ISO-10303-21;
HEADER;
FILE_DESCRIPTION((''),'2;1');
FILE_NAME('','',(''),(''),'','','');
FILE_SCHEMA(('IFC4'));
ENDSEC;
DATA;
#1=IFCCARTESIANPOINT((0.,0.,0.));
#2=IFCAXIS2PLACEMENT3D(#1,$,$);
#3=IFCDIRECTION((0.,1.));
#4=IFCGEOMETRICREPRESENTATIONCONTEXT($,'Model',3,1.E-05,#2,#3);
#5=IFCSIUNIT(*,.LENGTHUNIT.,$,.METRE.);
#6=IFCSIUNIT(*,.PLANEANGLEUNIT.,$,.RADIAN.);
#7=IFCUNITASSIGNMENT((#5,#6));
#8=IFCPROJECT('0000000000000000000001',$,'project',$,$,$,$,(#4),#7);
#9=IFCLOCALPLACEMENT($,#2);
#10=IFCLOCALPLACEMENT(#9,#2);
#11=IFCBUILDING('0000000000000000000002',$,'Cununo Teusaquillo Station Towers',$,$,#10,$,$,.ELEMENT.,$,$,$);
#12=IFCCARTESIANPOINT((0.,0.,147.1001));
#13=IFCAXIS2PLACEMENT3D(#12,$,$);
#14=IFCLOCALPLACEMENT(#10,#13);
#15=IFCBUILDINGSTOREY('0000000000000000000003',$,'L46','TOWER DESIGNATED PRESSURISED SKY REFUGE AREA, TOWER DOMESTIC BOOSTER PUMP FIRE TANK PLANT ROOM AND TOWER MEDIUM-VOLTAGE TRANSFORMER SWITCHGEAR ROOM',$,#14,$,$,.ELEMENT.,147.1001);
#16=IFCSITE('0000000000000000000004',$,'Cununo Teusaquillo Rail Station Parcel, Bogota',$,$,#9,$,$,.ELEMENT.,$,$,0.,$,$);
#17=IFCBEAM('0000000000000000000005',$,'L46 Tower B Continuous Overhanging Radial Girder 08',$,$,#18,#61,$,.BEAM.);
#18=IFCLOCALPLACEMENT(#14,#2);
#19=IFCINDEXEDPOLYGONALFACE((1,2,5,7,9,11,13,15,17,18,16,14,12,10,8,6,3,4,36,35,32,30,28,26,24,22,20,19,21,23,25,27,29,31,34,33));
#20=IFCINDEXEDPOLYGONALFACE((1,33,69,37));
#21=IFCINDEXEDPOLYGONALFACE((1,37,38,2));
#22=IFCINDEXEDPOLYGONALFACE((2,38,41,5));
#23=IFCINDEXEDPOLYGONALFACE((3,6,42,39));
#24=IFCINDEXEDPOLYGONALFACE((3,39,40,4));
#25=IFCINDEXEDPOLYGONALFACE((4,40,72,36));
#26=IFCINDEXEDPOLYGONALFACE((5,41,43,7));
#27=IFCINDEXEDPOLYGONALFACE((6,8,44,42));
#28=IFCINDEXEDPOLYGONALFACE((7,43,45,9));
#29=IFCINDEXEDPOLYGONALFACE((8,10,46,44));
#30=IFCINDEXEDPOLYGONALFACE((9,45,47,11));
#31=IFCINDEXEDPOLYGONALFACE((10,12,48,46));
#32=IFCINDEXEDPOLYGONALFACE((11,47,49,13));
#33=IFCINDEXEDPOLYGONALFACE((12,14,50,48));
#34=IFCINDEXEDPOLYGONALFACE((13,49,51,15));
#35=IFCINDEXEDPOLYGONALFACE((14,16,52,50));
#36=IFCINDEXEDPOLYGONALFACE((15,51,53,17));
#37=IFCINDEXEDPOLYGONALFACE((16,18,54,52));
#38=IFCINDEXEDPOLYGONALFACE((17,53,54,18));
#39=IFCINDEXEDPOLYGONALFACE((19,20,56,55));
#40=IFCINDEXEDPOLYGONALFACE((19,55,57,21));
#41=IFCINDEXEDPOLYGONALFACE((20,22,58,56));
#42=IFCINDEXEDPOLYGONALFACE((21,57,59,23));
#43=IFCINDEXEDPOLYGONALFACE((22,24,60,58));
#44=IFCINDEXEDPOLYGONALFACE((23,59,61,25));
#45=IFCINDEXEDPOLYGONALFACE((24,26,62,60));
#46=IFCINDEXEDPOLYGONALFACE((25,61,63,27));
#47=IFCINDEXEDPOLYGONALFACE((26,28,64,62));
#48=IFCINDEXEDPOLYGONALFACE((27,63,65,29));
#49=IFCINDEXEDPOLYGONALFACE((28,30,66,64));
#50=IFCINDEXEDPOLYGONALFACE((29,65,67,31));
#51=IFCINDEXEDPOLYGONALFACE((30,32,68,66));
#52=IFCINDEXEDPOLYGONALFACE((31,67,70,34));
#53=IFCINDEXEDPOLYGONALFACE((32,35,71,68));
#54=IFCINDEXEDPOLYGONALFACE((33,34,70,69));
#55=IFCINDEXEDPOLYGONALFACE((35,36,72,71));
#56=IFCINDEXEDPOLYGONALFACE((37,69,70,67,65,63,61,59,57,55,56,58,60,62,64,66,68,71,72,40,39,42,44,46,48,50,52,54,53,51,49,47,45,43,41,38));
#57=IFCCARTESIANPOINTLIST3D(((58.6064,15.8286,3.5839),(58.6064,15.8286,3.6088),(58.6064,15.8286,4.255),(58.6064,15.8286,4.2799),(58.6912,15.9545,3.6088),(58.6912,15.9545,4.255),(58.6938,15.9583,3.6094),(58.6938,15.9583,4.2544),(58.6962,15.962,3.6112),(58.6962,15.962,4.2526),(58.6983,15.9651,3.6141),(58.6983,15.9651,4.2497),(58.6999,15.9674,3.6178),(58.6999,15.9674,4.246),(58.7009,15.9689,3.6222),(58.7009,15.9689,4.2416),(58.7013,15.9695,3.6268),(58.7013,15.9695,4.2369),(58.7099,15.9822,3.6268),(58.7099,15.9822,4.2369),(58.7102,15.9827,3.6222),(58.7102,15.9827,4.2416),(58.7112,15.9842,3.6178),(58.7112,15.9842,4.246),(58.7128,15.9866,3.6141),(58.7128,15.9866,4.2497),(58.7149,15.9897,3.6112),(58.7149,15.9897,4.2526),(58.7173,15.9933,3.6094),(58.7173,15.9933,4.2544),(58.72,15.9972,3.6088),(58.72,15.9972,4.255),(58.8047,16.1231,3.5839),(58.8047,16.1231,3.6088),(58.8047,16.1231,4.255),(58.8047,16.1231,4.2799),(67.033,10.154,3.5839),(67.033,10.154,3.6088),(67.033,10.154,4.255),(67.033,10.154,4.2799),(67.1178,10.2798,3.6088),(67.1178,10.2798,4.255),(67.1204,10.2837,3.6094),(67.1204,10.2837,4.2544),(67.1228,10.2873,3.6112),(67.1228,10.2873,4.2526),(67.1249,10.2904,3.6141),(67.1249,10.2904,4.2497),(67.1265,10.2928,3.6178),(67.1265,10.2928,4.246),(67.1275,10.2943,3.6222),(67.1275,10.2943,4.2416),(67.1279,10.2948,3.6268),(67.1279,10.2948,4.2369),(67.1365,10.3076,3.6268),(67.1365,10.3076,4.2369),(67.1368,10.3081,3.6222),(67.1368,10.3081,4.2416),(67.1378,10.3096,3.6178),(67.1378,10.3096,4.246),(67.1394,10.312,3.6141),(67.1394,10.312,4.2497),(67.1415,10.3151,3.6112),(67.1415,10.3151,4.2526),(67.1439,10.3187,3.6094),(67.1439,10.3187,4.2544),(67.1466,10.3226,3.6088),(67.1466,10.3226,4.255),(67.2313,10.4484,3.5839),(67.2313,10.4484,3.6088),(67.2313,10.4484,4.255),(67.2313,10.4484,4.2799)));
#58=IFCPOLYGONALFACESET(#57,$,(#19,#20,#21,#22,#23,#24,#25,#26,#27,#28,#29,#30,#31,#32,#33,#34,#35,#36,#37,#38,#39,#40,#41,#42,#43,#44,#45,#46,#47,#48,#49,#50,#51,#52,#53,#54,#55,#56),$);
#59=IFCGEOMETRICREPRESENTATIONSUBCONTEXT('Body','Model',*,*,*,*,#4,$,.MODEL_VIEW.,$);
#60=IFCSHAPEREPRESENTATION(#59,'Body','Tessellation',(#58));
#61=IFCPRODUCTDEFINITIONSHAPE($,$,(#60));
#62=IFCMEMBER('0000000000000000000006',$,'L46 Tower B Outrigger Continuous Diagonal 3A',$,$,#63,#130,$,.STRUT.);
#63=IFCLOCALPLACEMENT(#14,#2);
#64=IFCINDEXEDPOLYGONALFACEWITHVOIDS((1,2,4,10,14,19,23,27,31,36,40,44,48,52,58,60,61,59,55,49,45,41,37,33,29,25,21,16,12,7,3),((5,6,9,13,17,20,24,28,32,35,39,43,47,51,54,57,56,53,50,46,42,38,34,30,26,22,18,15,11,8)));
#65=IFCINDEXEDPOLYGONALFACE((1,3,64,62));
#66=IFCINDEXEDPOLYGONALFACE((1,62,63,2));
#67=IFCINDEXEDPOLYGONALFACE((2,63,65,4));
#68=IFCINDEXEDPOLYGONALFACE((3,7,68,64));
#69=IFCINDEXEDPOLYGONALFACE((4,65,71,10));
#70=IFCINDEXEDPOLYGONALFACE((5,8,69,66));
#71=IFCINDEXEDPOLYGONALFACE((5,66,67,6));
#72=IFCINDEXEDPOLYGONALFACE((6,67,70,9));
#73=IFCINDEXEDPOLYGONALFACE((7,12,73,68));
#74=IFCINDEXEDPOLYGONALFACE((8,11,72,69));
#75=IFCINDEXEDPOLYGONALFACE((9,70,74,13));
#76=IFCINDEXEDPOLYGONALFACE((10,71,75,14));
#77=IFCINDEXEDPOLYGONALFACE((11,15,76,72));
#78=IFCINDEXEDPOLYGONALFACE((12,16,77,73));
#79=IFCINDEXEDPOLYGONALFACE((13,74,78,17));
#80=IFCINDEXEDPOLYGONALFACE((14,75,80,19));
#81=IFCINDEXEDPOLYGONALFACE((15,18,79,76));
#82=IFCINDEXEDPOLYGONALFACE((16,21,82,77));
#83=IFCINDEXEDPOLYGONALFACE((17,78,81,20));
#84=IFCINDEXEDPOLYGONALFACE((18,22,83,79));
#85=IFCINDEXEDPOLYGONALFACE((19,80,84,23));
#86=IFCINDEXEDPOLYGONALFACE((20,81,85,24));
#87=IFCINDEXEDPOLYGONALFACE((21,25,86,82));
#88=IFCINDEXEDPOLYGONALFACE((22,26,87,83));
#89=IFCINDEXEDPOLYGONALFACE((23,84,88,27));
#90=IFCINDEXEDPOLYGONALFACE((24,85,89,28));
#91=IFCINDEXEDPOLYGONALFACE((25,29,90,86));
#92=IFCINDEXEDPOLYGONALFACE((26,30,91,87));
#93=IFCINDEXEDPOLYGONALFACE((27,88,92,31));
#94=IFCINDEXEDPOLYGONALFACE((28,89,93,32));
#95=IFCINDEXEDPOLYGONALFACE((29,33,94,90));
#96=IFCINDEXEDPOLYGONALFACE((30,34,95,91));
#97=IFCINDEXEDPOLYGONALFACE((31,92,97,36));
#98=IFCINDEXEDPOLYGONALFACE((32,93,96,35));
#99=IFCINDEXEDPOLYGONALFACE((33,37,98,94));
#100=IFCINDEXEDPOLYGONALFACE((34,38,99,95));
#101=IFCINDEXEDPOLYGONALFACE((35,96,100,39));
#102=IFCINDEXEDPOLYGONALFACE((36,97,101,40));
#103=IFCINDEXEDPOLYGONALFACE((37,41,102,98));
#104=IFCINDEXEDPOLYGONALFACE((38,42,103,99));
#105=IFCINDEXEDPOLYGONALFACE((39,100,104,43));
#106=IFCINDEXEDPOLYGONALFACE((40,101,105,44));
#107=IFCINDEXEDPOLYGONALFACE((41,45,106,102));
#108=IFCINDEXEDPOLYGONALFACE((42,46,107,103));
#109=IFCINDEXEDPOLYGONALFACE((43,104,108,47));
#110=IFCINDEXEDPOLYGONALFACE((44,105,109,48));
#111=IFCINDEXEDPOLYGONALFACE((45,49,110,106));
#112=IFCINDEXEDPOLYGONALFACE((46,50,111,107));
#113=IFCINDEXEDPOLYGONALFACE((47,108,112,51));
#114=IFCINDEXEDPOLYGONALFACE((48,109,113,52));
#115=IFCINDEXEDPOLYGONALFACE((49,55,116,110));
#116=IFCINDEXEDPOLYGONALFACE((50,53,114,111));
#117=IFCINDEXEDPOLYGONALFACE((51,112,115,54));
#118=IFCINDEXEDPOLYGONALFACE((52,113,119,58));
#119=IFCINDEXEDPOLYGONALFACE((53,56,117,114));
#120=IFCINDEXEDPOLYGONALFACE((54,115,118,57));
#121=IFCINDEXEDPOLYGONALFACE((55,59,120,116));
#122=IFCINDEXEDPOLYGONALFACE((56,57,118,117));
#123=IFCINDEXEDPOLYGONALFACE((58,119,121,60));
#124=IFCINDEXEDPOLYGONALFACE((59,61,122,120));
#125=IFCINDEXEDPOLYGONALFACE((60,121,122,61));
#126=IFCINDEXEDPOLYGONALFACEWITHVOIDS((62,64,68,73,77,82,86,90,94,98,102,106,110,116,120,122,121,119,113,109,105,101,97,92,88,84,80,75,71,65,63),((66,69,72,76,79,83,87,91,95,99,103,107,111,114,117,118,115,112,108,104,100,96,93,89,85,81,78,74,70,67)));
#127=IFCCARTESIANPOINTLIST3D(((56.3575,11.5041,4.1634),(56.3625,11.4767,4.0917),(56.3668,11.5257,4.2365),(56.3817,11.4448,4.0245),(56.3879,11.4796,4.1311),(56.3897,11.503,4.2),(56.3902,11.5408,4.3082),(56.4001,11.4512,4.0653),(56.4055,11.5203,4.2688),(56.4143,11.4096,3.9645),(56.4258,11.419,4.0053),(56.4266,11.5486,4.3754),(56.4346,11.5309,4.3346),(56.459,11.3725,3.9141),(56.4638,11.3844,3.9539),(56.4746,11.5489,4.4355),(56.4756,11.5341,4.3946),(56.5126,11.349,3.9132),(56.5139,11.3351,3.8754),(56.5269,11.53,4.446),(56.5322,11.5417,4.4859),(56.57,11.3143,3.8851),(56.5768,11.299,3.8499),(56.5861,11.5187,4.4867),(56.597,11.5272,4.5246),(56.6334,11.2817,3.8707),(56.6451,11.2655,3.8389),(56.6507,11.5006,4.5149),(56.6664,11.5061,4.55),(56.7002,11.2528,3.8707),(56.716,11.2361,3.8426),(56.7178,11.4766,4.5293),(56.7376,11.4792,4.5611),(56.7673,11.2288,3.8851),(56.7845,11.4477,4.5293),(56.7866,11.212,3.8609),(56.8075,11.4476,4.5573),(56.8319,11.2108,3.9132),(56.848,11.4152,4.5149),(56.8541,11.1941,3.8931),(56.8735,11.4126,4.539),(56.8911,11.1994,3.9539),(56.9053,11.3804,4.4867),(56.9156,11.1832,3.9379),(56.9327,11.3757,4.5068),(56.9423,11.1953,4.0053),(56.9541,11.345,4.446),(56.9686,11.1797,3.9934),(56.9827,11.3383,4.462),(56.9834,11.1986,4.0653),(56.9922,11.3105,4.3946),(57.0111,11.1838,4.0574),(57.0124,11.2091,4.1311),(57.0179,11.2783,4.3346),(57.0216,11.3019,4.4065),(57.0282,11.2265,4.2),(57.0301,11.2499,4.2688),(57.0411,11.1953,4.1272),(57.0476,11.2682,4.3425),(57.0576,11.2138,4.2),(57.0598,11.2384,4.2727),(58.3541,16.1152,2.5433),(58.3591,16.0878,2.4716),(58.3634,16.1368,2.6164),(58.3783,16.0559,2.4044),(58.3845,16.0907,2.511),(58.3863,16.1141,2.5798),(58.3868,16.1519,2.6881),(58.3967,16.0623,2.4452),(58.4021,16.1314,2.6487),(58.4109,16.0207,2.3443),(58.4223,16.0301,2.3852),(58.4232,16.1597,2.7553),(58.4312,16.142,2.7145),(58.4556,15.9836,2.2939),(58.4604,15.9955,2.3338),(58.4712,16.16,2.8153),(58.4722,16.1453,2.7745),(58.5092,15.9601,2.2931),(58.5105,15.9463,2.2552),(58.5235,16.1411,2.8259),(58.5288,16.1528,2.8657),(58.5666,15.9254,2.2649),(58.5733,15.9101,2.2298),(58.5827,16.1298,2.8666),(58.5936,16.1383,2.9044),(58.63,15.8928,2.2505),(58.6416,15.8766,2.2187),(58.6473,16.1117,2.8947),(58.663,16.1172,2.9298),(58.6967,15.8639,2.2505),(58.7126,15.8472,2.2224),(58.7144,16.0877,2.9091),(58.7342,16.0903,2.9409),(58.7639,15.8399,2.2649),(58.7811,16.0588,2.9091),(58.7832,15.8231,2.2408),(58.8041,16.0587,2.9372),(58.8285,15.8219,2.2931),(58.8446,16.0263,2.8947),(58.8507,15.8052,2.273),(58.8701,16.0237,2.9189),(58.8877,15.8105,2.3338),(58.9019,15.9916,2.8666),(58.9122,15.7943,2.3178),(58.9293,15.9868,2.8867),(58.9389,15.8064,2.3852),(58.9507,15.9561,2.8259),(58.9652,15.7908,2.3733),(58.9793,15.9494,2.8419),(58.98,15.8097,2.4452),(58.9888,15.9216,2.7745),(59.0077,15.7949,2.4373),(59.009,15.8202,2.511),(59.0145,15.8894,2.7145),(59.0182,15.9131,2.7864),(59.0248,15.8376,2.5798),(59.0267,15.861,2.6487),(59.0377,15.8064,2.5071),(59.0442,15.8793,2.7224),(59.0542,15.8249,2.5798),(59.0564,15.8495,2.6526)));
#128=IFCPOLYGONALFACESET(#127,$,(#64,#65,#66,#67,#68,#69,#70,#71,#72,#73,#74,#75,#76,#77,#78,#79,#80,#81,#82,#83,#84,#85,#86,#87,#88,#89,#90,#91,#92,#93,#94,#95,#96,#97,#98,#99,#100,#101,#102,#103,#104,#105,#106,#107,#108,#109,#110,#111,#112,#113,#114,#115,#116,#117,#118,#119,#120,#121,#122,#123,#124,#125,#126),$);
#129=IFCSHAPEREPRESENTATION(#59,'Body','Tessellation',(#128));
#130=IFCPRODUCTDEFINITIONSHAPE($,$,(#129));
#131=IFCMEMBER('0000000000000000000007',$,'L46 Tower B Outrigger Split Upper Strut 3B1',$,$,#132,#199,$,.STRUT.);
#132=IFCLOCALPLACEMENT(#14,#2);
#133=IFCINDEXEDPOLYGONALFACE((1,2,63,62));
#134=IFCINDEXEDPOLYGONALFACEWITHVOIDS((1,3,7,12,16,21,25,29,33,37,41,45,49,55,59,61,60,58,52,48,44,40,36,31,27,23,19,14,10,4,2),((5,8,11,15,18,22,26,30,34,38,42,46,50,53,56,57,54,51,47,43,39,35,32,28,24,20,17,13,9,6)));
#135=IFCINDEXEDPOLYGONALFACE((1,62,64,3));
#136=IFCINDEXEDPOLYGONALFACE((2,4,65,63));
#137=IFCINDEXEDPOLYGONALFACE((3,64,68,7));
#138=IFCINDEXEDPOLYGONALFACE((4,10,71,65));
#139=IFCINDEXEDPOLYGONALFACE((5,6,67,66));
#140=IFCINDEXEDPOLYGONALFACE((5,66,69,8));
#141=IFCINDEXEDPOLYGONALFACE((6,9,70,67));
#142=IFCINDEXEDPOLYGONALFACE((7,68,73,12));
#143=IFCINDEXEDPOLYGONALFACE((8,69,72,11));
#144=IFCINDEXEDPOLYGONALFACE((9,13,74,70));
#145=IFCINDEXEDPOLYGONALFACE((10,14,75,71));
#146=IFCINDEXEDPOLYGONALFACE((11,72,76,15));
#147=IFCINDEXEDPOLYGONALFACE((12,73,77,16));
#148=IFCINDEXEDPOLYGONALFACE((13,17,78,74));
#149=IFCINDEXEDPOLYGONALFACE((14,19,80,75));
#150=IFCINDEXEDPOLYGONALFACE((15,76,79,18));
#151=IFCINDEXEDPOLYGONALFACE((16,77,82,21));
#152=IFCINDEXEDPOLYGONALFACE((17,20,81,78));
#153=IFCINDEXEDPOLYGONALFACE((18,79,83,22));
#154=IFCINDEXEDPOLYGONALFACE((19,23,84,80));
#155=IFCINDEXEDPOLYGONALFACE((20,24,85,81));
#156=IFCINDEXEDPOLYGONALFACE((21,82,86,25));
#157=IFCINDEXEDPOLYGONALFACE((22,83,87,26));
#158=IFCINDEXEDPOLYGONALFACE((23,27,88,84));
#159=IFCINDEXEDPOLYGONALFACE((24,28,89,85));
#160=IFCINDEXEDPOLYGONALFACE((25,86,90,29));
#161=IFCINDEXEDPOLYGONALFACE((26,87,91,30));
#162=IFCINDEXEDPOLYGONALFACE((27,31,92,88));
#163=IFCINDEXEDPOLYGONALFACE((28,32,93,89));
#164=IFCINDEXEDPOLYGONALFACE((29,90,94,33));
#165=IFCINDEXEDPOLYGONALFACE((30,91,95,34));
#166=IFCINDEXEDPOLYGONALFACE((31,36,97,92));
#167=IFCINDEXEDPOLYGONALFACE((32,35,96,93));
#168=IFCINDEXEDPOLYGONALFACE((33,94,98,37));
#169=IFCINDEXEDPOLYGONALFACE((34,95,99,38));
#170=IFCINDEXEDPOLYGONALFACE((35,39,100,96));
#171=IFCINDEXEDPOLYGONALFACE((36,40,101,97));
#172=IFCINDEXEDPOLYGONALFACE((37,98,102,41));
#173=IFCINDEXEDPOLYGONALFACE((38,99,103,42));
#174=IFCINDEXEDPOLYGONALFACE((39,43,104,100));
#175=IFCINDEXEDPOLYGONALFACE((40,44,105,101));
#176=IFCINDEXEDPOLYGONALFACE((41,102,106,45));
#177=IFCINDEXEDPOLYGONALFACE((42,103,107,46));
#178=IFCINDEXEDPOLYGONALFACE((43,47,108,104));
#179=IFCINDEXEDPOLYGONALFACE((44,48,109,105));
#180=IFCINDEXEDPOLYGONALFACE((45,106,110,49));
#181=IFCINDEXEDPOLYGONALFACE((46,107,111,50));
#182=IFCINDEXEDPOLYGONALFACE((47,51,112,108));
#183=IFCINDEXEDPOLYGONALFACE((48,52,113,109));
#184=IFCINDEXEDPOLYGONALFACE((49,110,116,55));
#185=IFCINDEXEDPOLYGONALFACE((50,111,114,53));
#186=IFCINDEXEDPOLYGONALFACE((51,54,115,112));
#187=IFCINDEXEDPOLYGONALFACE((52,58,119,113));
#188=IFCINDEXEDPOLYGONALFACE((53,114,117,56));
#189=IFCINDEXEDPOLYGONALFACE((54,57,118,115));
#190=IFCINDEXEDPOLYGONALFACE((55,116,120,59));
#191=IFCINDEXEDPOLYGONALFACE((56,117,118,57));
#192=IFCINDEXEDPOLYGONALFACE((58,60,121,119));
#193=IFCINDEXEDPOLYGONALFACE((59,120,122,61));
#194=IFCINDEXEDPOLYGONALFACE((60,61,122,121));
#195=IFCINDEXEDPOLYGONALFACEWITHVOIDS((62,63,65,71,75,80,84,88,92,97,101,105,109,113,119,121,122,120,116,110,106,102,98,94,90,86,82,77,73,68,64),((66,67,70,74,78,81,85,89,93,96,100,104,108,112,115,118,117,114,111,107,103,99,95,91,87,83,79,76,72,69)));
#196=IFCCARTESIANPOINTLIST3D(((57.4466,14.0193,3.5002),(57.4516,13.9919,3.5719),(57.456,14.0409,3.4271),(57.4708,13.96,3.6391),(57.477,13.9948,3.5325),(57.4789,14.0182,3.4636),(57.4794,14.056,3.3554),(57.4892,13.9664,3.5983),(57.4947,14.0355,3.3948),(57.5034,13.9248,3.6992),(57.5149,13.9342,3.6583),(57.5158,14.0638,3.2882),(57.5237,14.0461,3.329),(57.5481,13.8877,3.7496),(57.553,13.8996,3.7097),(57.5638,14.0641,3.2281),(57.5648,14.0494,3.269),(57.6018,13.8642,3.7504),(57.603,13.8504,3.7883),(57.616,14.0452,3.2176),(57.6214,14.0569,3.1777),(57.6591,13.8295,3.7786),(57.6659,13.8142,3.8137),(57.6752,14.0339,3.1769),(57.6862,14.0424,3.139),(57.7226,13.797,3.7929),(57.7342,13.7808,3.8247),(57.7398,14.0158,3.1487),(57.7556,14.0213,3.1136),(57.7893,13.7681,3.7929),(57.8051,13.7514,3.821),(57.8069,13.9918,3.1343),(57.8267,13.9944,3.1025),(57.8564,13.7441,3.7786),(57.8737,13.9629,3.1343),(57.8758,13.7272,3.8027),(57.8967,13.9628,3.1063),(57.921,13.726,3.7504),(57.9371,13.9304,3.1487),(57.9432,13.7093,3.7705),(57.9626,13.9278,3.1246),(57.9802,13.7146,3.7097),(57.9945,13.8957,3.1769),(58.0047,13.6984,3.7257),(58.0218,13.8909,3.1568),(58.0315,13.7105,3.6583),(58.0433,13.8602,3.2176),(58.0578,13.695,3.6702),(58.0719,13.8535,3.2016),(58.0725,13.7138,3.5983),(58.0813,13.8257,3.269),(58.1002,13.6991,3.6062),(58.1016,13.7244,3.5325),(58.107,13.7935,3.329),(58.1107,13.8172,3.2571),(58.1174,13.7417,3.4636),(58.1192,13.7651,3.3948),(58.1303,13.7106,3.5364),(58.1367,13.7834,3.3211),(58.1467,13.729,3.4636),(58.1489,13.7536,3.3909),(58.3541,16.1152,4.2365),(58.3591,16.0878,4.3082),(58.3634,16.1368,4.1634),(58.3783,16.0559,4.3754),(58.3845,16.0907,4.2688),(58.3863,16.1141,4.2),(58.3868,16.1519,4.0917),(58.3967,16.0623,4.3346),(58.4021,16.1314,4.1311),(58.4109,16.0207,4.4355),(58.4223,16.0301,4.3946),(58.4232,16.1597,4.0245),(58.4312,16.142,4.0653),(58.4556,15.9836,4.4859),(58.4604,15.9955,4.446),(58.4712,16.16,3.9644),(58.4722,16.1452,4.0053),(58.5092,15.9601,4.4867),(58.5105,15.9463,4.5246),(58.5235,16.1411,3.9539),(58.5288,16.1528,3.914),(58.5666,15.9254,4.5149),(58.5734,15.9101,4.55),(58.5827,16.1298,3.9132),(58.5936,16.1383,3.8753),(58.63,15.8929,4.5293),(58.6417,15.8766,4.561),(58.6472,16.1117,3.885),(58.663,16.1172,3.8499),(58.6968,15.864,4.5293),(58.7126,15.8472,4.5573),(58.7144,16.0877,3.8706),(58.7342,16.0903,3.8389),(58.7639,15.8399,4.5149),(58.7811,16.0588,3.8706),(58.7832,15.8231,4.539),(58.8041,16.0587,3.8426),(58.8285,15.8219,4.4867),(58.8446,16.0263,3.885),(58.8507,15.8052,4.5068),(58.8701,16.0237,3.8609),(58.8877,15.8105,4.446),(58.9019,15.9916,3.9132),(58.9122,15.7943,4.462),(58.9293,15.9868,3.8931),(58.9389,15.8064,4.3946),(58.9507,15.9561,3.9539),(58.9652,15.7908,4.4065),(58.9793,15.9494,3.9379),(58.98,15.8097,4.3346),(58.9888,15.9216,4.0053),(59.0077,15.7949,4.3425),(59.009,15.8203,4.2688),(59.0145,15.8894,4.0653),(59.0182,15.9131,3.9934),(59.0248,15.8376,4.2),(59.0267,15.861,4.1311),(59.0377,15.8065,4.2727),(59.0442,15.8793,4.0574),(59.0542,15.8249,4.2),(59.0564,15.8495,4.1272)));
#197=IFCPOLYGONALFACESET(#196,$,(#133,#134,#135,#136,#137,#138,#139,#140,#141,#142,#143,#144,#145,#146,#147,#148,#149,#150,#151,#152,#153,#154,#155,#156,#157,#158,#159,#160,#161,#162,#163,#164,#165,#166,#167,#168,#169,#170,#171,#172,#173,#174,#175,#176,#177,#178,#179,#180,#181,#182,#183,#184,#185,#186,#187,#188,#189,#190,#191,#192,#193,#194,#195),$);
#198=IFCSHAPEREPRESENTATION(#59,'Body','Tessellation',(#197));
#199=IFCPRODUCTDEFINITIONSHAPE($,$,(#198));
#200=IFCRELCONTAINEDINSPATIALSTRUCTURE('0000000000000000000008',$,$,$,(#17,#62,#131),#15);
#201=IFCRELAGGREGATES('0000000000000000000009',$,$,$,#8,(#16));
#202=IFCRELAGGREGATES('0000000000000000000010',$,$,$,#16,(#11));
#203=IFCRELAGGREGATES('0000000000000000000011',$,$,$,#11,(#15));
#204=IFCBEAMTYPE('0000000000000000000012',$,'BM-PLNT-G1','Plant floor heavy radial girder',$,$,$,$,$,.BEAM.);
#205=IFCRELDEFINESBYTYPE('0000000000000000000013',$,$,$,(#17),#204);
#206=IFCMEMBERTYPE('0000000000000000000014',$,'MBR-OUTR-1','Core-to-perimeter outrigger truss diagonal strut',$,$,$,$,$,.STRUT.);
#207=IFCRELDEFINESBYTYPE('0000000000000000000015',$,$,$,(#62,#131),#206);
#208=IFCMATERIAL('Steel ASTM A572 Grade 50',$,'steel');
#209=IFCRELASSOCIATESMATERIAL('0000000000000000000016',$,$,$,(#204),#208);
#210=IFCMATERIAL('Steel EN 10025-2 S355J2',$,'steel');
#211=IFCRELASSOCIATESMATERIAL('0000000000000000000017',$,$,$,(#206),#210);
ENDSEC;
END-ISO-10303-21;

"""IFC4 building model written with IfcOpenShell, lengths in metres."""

from ifc_helpers import new_model, si_unit, direction, frame, origin, origin_2d, place, context, subcontext, project, spatial, hollow_circle, i_section, extrude, material, material_profile, profile_set, type_object, element, save


model = new_model("IFC4")

# Units and contexts
model_context = context("Model", 3, precision=1e-05, world=origin(), true_north=direction((0.0, 1.0)))
body_context = subcontext(model_context, "Body", "Model", "MODEL_VIEW")
ifc_project = project(units=[si_unit("LENGTHUNIT", "METRE"), si_unit("PLANEANGLEUNIT", "RADIAN")], contexts=[model_context])

# Site, building, storey
site_placement = place(None, origin())
site = spatial("IfcSite", under=ifc_project, at=site_placement, Name="Cununo Teusaquillo Rail Station Parcel, Bogota", CompositionType="ELEMENT", RefElevation=0.0)
building_placement = place(site_placement, origin())
building = spatial("IfcBuilding", under=site, at=building_placement, Name="Cununo Teusaquillo Station Towers", CompositionType="ELEMENT")
storey_placement = place(building_placement, frame((0.0, 0.0, 147.1001)))
storey = spatial("IfcBuildingStorey", under=building, at=storey_placement, Name="L46", Description="TOWER DESIGNATED PRESSURISED SKY REFUGE AREA, TOWER DOMESTIC BOOSTER PUMP FIRE TANK PLANT ROOM AND TOWER MEDIUM-VOLTAGE TRANSFORMER SWITCHGEAR ROOM", CompositionType="ELEMENT", Elevation=147.1001)

# Beam
ifc_material_1 = material(Name="Steel ASTM A572 Grade 50", Category="steel")
ifc_material_profile_1 = material_profile(ifc_material_1, i_section(OverallWidth=0.355, OverallDepth=0.696, WebThickness=0.0154, FlangeThickness=0.0249, FilletRadius=0.0181, at=origin_2d()), Name="W27X146")
ifc_profile_set_1 = profile_set([ifc_material_profile_1], Name="Steel ASTM A572 Grade 50")
beam_type_1 = type_object("IfcBeamType", Name="BM-PLNT-G1", Description="Plant floor heavy radial girder", PredefinedType="BEAM", material=ifc_profile_set_1)
beam_1_placement = place(storey_placement, frame((58.7056, 15.9758, 3.9319), z_axis=(0.829457, -0.558571, 0.0), x_axis=(0.558571, 0.829457, 0.0)))
element("IfcBeam", 1, at=beam_1_placement, inside=storey, type_object=beam_type_1, Name="L46 Tower B Continuous Overhanging Radial Girder 08", PredefinedType="BEAM", context=body_context, shape_type="SweptSolid", body=[
    extrude(i_section(OverallWidth=0.355, OverallDepth=0.696, WebThickness=0.0154, FlangeThickness=0.0249, FilletRadius=0.0181, at=origin_2d()), origin(), (0.0, 0.0, 1.0), 10.1592),
])

# Members
ifc_material_2 = material(Name="Steel EN 10025-2 S355J2", Category="steel")
ifc_material_profile_2 = material_profile(ifc_material_2, hollow_circle(Radius=0.3799, WallThickness=0.032, at=origin_2d()), Name="CHS 760x32")
ifc_profile_set_2 = profile_set([ifc_material_profile_2], Name="Steel EN 10025-2 S355J2")
member_type = type_object("IfcMemberType", Name="MBR-OUTR-1", Description="Core-to-perimeter outrigger truss diagonal strut", PredefinedType="STRUT", material=ifc_profile_set_2)
member_1_placement = place(storey_placement, frame((58.7056, 15.9758, 2.5798), z_axis=(-0.378176, -0.873393, 0.306869), x_axis=(0.917668, -0.397347, 0.0)))
element("IfcMember", 2, at=member_1_placement, inside=storey, type_object=member_type, Name="L46 Tower B Outrigger Continuous Diagonal 3A", PredefinedType="STRUT", context=body_context, shape_type="SweptSolid", body=[
    extrude(hollow_circle(Radius=0.3799, WallThickness=0.032, at=origin_2d()), origin(), (0.0, 0.0, 1.0), 5.2795),
])
member_2_placement = place(storey_placement, frame((58.7056, 15.9758, 4.2), z_axis=(-0.378156, -0.873412, -0.306839), x_axis=(0.917679, -0.397322, 0.0)))
element("IfcMember", 3, at=member_2_placement, inside=storey, type_object=member_type, Name="L46 Tower B Outrigger Split Upper Strut 3B1", PredefinedType="STRUT", context=body_context, shape_type="SweptSolid", body=[
    extrude(hollow_circle(Radius=0.3799, WallThickness=0.032, at=origin_2d()), origin(), (0.0, 0.0, 1.0), 2.3997),
])

save(model, "model.ifc")
